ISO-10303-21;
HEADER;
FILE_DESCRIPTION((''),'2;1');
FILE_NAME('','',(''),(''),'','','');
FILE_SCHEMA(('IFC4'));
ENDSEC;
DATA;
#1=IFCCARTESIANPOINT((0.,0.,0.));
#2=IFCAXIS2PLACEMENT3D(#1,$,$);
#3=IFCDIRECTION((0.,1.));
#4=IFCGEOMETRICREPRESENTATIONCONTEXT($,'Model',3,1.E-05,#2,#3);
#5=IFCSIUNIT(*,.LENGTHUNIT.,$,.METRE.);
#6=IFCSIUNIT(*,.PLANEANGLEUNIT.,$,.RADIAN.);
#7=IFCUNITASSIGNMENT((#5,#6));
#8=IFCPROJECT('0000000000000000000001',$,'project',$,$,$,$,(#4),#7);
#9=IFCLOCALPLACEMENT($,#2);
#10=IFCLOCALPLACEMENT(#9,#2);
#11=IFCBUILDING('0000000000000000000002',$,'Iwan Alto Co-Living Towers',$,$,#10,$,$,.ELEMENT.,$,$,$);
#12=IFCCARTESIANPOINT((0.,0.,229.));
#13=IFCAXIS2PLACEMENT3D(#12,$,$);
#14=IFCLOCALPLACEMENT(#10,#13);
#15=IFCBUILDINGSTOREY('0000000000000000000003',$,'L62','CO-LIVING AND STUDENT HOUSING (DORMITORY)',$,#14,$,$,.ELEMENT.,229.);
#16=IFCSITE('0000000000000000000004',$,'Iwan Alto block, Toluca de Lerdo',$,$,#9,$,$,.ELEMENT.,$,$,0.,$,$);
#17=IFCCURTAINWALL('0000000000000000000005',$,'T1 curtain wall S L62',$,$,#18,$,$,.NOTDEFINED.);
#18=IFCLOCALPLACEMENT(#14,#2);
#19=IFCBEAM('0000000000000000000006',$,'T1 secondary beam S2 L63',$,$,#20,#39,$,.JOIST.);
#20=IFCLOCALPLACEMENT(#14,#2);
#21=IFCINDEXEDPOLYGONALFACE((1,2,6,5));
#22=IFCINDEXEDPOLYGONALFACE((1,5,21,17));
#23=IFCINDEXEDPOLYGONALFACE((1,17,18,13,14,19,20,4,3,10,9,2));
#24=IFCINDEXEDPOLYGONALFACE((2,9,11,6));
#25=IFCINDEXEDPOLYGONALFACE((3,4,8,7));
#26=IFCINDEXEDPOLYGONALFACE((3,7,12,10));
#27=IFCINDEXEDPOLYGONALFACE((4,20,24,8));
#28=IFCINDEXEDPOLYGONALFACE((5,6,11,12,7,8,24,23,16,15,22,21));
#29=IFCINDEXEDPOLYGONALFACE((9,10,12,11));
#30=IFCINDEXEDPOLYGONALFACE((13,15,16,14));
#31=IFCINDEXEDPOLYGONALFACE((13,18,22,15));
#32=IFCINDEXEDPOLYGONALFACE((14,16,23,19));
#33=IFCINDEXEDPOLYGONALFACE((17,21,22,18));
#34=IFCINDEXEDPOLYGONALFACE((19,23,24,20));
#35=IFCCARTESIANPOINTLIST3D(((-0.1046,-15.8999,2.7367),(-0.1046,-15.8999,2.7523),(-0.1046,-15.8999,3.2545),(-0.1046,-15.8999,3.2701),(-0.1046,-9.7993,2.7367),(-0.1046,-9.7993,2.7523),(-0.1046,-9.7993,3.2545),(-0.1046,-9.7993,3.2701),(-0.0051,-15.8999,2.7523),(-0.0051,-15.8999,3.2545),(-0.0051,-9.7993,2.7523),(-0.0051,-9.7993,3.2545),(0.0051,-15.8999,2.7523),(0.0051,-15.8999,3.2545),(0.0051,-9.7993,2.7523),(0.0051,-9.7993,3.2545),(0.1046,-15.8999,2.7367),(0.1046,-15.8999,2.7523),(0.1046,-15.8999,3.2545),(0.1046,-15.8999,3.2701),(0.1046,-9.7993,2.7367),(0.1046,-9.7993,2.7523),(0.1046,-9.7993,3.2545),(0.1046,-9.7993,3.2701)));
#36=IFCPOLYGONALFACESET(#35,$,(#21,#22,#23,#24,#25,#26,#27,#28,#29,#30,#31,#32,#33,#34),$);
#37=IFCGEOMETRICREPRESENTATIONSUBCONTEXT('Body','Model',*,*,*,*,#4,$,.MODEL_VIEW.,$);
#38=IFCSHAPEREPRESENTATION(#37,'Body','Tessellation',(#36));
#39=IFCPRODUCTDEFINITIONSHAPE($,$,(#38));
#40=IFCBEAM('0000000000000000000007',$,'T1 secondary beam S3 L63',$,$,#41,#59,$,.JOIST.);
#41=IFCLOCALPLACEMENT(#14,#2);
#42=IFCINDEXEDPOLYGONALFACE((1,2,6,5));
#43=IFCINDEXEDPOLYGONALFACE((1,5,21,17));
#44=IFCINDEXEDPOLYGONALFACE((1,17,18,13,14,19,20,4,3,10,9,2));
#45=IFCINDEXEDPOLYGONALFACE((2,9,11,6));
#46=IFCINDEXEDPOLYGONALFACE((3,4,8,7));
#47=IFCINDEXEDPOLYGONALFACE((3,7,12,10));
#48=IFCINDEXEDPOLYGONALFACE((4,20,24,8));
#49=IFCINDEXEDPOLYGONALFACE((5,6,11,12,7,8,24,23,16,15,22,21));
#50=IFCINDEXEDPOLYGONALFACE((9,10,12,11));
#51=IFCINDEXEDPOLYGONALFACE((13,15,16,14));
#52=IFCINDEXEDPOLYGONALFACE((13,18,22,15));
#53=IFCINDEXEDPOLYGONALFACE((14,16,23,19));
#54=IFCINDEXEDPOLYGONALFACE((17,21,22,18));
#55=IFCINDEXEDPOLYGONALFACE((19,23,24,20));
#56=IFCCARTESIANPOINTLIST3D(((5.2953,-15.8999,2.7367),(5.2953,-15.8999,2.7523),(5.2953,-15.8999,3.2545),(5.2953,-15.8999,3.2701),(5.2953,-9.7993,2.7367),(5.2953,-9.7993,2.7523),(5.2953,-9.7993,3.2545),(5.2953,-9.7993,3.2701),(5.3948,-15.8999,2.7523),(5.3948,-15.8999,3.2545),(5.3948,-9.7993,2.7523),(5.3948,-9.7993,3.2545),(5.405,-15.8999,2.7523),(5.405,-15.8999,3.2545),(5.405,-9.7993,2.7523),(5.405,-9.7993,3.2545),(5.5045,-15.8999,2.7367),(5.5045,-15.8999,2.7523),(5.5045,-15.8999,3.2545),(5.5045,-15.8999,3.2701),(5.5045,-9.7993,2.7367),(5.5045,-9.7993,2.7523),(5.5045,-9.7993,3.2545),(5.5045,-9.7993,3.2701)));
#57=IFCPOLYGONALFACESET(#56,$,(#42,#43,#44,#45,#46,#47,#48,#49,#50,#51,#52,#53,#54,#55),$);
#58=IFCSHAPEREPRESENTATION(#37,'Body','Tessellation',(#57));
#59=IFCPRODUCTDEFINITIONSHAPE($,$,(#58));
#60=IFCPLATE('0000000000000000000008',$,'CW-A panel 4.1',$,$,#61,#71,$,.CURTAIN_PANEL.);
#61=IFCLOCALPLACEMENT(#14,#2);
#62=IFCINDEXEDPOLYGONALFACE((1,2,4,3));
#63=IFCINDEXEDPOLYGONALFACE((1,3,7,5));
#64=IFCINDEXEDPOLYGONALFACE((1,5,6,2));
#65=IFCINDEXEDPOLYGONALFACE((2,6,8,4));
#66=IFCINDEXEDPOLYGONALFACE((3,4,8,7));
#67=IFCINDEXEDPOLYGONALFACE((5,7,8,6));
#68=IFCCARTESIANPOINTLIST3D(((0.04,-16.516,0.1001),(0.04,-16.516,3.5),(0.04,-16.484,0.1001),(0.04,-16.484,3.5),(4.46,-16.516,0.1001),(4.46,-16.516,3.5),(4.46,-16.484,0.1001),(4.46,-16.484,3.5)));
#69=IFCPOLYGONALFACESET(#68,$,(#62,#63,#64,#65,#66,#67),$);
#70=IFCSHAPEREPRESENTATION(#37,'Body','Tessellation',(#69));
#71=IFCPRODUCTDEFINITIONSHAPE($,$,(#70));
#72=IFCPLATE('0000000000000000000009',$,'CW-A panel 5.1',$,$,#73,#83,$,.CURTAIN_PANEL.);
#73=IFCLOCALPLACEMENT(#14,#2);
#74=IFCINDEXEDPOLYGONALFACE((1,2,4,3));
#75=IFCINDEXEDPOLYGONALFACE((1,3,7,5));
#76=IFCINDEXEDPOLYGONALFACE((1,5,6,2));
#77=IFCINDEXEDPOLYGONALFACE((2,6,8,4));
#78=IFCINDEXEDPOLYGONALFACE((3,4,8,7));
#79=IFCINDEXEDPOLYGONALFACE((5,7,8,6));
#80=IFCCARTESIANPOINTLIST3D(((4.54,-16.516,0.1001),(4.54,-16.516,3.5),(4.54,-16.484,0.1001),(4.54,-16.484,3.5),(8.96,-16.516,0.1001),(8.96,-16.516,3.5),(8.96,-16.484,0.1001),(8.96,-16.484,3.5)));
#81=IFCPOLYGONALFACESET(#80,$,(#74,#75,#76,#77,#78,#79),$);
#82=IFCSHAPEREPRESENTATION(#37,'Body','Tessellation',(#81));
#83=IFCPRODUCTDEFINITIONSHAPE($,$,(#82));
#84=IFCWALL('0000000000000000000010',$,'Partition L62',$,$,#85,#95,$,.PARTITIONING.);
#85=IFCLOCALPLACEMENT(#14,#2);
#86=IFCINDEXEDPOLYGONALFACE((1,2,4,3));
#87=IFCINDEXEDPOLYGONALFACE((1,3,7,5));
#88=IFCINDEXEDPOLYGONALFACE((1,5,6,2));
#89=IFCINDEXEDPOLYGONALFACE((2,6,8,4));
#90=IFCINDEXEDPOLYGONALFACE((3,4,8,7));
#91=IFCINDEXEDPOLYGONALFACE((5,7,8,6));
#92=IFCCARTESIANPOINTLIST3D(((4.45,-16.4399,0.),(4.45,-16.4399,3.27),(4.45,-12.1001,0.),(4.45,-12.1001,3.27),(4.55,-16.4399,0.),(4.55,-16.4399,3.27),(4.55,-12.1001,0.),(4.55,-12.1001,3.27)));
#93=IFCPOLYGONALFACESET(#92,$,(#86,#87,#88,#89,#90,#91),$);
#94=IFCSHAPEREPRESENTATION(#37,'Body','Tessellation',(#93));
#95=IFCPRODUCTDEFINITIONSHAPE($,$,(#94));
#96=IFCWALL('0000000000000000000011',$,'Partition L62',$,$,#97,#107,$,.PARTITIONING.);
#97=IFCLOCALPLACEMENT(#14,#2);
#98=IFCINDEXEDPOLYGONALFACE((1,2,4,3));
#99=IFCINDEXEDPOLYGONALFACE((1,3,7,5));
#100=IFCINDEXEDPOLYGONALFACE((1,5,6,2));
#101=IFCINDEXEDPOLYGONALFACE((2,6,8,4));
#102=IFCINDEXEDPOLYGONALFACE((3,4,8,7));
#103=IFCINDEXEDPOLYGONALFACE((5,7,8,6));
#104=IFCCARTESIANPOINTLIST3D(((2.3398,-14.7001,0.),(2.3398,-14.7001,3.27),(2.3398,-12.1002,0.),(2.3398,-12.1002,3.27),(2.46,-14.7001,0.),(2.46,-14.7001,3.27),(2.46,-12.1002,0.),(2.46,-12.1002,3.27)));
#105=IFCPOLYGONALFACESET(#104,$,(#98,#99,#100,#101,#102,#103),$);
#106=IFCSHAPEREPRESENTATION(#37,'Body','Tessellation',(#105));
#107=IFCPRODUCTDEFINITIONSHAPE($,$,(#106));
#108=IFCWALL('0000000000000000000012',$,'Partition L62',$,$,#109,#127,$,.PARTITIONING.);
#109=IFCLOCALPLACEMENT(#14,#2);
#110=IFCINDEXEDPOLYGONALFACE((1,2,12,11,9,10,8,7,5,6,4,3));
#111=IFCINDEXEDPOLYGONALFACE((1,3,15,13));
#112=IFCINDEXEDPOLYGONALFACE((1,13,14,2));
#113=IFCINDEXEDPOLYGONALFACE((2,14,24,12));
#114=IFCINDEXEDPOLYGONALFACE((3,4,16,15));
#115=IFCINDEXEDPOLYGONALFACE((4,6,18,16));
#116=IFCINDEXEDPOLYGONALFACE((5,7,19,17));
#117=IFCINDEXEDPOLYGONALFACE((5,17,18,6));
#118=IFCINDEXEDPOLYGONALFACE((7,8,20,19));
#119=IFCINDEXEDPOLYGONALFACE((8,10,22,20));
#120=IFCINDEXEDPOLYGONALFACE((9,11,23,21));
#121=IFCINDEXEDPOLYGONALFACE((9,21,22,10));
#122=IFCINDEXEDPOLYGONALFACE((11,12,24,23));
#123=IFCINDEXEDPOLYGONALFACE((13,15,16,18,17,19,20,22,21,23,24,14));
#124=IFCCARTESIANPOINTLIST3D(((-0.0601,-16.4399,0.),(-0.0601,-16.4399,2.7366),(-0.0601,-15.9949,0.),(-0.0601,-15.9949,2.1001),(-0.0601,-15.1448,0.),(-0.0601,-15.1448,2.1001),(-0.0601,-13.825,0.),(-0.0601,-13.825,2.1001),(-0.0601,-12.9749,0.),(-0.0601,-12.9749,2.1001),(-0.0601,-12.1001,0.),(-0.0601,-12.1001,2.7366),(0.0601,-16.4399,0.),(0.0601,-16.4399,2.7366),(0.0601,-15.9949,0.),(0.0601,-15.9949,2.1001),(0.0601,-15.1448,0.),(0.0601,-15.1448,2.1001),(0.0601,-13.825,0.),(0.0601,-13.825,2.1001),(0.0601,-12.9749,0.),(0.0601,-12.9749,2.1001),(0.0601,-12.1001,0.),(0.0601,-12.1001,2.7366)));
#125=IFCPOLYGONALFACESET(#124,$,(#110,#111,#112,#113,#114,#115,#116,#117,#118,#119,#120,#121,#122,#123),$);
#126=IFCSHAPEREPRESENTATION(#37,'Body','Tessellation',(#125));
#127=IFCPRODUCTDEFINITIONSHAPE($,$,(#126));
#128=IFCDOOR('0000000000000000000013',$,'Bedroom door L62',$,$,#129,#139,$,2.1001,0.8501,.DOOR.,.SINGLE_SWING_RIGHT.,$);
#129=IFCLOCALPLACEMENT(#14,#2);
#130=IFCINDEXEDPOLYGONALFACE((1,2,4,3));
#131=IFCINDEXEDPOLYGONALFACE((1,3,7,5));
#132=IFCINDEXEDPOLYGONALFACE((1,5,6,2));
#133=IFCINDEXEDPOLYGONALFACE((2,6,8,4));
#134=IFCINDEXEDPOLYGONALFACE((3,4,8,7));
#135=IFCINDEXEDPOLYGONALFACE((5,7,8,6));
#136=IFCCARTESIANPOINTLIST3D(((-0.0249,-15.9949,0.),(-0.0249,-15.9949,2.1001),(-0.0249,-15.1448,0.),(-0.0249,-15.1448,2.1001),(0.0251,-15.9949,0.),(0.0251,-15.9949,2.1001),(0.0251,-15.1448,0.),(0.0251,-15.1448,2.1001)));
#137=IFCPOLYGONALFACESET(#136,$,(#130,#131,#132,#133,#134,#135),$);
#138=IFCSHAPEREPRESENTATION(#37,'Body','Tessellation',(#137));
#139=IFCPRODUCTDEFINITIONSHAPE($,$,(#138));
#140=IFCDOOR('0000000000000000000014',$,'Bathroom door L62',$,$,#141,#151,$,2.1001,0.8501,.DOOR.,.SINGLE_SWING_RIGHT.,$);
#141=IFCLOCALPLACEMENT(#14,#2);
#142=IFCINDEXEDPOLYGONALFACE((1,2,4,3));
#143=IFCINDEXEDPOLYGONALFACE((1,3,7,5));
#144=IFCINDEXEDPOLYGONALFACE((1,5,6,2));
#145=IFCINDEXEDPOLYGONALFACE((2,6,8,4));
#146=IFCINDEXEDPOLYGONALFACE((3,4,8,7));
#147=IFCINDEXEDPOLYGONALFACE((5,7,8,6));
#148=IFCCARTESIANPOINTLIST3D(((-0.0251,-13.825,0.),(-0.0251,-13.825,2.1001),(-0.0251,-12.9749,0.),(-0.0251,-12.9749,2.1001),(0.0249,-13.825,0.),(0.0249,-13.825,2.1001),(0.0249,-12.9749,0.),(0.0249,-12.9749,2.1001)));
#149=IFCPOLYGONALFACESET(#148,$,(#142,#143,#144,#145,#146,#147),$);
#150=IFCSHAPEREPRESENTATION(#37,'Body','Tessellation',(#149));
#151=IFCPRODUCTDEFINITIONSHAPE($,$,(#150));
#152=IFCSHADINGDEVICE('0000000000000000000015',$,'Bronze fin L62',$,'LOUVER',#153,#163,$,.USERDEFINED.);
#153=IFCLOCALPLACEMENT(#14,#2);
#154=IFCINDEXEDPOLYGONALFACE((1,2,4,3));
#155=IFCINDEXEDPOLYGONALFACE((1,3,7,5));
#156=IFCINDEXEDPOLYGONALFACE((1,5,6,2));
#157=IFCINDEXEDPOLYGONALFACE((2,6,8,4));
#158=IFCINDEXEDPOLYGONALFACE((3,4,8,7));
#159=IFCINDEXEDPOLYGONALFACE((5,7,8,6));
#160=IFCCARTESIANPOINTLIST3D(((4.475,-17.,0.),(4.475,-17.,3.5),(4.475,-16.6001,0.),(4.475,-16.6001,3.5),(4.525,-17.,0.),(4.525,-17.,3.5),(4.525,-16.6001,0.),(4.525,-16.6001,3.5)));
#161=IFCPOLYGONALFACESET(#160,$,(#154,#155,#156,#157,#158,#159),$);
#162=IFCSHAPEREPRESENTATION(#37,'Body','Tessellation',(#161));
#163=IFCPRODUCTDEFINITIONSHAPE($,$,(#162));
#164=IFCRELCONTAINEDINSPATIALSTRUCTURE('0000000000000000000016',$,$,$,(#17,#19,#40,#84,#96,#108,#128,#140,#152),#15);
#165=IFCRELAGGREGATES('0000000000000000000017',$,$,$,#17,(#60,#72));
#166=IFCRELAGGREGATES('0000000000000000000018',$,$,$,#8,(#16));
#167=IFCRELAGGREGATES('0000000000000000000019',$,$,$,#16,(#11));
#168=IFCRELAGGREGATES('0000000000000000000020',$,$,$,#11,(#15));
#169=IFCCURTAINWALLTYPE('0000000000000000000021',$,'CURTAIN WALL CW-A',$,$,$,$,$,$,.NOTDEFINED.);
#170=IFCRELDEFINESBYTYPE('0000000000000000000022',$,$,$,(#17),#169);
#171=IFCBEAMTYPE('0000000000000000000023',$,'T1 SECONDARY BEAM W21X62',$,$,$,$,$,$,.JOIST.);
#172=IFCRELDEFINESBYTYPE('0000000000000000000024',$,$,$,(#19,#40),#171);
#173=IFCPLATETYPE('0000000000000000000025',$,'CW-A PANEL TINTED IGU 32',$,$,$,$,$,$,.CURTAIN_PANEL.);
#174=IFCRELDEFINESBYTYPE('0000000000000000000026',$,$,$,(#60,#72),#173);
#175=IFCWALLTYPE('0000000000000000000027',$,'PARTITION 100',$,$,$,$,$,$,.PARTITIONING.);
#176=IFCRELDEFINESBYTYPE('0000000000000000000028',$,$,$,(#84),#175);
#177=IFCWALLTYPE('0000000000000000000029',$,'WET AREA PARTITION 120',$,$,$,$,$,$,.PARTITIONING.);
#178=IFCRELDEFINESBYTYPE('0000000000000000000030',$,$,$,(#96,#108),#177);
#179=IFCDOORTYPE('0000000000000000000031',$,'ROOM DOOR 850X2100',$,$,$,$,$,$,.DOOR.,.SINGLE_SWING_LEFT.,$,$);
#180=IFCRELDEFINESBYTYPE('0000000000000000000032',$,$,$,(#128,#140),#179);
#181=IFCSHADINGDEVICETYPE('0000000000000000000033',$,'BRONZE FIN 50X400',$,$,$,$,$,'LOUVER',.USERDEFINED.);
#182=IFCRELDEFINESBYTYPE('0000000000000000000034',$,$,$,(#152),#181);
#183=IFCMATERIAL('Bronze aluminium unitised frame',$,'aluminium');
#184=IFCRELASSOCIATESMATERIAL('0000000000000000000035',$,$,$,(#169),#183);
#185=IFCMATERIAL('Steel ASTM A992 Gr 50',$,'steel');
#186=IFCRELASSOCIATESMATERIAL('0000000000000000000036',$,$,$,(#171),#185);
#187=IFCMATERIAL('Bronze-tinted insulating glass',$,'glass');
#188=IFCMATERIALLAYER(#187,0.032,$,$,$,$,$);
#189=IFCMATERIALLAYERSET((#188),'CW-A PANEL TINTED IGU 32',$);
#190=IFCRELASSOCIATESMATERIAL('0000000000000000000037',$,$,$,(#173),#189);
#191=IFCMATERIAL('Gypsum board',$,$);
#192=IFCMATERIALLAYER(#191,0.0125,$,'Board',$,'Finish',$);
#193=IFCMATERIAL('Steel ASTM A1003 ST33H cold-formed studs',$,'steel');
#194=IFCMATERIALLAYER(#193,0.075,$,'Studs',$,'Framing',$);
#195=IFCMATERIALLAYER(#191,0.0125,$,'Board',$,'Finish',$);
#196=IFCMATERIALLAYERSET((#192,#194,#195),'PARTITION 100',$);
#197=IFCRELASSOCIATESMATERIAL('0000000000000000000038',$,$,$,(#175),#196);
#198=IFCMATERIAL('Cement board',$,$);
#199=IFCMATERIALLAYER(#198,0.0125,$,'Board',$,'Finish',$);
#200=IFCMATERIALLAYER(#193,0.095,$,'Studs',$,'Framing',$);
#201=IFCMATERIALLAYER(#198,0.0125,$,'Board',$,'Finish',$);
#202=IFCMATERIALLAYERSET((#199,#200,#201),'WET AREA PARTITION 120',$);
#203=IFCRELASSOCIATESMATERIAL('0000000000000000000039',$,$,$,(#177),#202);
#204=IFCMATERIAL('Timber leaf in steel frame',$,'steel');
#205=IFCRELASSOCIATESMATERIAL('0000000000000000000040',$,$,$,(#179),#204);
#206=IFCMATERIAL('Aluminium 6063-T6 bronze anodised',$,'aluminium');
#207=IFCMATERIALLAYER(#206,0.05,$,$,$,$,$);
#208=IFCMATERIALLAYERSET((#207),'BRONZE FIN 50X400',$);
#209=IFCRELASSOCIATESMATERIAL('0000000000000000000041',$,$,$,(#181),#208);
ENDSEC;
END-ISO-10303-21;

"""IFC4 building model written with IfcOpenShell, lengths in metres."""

from ifc_helpers import new_model, si_unit, direction, frame, frame_2d, origin, origin_2d, place, context, subcontext, project, spatial, rectangle, i_section, extrude, material, layer, layer_set, material_profile, profile_set, type_object, element, fill, aggregate, save


model = new_model("IFC4")

# Units and contexts
model_context = context("Model", 3, precision=1e-05, world=origin(), true_north=direction((0.0, 1.0)))
body_context = subcontext(model_context, "Body", "Model", "MODEL_VIEW")
ifc_project = project(units=[si_unit("LENGTHUNIT", "METRE"), si_unit("PLANEANGLEUNIT", "RADIAN")], contexts=[model_context])

# Site, building, storey
site_placement = place(None, origin())
site = spatial("IfcSite", under=ifc_project, at=site_placement, Name="Iwan Alto block, Toluca de Lerdo", CompositionType="ELEMENT", RefElevation=0.0)
building_placement = place(site_placement, origin())
building = spatial("IfcBuilding", under=site, at=building_placement, Name="Iwan Alto Co-Living Towers", CompositionType="ELEMENT")
storey_placement = place(building_placement, frame((0.0, 0.0, 229.0)))
storey = spatial("IfcBuildingStorey", under=building, at=storey_placement, Name="L62", Description="CO-LIVING AND STUDENT HOUSING (DORMITORY)", CompositionType="ELEMENT", Elevation=229.0)

# Curtain wall
ifc_material_1 = material(Name="Bronze aluminium unitised frame", Category="aluminium")
curtain_wall_type = type_object("IfcCurtainWallType", Name="CURTAIN WALL CW-A", PredefinedType="NOTDEFINED", material=ifc_material_1)
curtain_wall_placement = place(storey_placement, origin())
curtain_wall = element("IfcCurtainWall", 1, at=curtain_wall_placement, inside=storey, type_object=curtain_wall_type, Name="T1 curtain wall S L62", PredefinedType="NOTDEFINED")

# Beams
ifc_material_2 = material(Name="Steel ASTM A992 Gr 50", Category="steel")
ifc_material_profile_1 = material_profile(ifc_material_2, i_section(OverallWidth=0.2092, OverallDepth=0.5334, WebThickness=0.0103, FlangeThickness=0.0156, at=origin_2d()), Name="W21X62")
ifc_profile_set_1 = profile_set([ifc_material_profile_1], Name="Steel ASTM A992 Gr 50")
beam_type_1 = type_object("IfcBeamType", Name="T1 SECONDARY BEAM W21X62", PredefinedType="JOIST", material=ifc_profile_set_1)
for number, where, z_axis, x_axis, name in (
    (2, (0.0, -15.8999, 3.0034), (0.0, 1.0, 0.0), (-1.0, 0.0, 0.0), "T1 secondary beam S2 L63"),
    (3, (5.3999, -15.8999, 3.0034), (0.0, 1.0, 0.0), (-1.0, 0.0, 0.0), "T1 secondary beam S3 L63"),
):
    element("IfcBeam", number, at=place(storey_placement, frame(where, z_axis=z_axis, x_axis=x_axis)), inside=storey, type_object=beam_type_1, Name=name, PredefinedType="JOIST", context=body_context, shape_type="SweptSolid", body=[
        extrude(i_section(OverallWidth=0.2092, OverallDepth=0.5334, WebThickness=0.0103, FlangeThickness=0.0156, at=origin_2d()), origin(), (0.0, 0.0, 1.0), 6.1006),
    ])

# Plates
ifc_material_3 = material(Name="Bronze-tinted insulating glass", Category="glass")
ifc_layer_1 = layer(ifc_material_3, 0.032)
ifc_layer_set_1 = layer_set([ifc_layer_1], Name="CW-A PANEL TINTED IGU 32")
plate_type = type_object("IfcPlateType", Name="CW-A PANEL TINTED IGU 32", PredefinedType="CURTAIN_PANEL", material=ifc_layer_set_1)
plate_1_placement = place(storey_placement, frame((2.25, -16.5, 0.1001), z_axis=(0.0, 0.0, 1.0), x_axis=(1.0, 0.0, 0.0)))
plate_1 = element("IfcPlate", 4, at=plate_1_placement, type_object=plate_type, Name="CW-A panel 4.1", PredefinedType="CURTAIN_PANEL", context=body_context, shape_type="SweptSolid", body=[
    extrude(rectangle(XDim=4.4199, YDim=0.032, at=origin_2d()), origin(), (0.0, 0.0, 1.0), 3.3999),
])
plate_2_placement = place(storey_placement, frame((6.75, -16.5, 0.1001), z_axis=(0.0, 0.0, 1.0), x_axis=(1.0, 0.0, 0.0)))
plate_2 = element("IfcPlate", 5, at=plate_2_placement, type_object=plate_type, Name="CW-A panel 5.1", PredefinedType="CURTAIN_PANEL", context=body_context, shape_type="SweptSolid", body=[
    extrude(rectangle(XDim=4.4199, YDim=0.032, at=origin_2d()), origin(), (0.0, 0.0, 1.0), 3.3999),
])
aggregate(curtain_wall, [plate_1, plate_2])

# Walls
ifc_material_4 = material(Name="Gypsum board")
ifc_layer_2 = layer(ifc_material_4, 0.0125, Name="Board", Category="Finish")
ifc_material_5 = material(Name="Steel ASTM A1003 ST33H cold-formed studs", Category="steel")
ifc_layer_3 = layer(ifc_material_5, 0.075, Name="Studs", Category="Framing")
ifc_layer_4 = layer(ifc_material_4, 0.0125, Name="Board", Category="Finish")
ifc_layer_set_2 = layer_set([ifc_layer_2, ifc_layer_3, ifc_layer_4], Name="PARTITION 100")
wall_type_1 = type_object("IfcWallType", Name="PARTITION 100", PredefinedType="PARTITIONING", material=ifc_layer_set_2)
wall_1_placement = place(storey_placement, frame((4.5, -16.4399, 0.0), z_axis=(0.0, 0.0, 1.0), x_axis=(0.0, 1.0, 0.0)))
element("IfcWall", 6, at=wall_1_placement, inside=storey, type_object=wall_type_1, Name="Partition L62", PredefinedType="PARTITIONING", context=body_context, shape_type="SweptSolid", body=[
    extrude(rectangle(XDim=4.3398, YDim=0.1001, at=frame_2d((2.1699, 0.0))), origin(), (0.0, 0.0, 1.0), 3.27),
])
ifc_material_6 = material(Name="Cement board")
ifc_layer_5 = layer(ifc_material_6, 0.0125, Name="Board", Category="Finish")
ifc_layer_6 = layer(ifc_material_5, 0.095, Name="Studs", Category="Framing")
ifc_layer_7 = layer(ifc_material_6, 0.0125, Name="Board", Category="Finish")
ifc_layer_set_3 = layer_set([ifc_layer_5, ifc_layer_6, ifc_layer_7], Name="WET AREA PARTITION 120")
wall_type_2 = type_object("IfcWallType", Name="WET AREA PARTITION 120", PredefinedType="PARTITIONING", material=ifc_layer_set_3)
wall_2_placement = place(storey_placement, frame((2.3999, -14.7, 0.0), z_axis=(0.0, 0.0, 1.0), x_axis=(0.0, 1.0, 0.0)))
element("IfcWall", 7, at=wall_2_placement, inside=storey, type_object=wall_type_2, Name="Partition L62", PredefinedType="PARTITIONING", context=body_context, shape_type="SweptSolid", body=[
    extrude(rectangle(XDim=2.5999, YDim=0.1201, at=frame_2d((1.2998, 0.0))), origin(), (0.0, 0.0, 1.0), 3.27),
])

# Wall, openings, doors
wall_3_placement = place(storey_placement, frame((0.0, -16.4399, 0.0), z_axis=(0.0, 0.0, 1.0), x_axis=(0.0, 1.0, 0.0)))
wall_3 = element("IfcWall", 8, at=wall_3_placement, inside=storey, type_object=wall_type_2, Name="Partition L62", PredefinedType="PARTITIONING", context=body_context, shape_type="SweptSolid", body=[
    extrude(rectangle(XDim=4.3398, YDim=0.1201, at=frame_2d((2.1699, 0.0))), origin(), (0.0, 0.0, 1.0), 2.7366),
])
opening_1_placement = place(wall_3_placement, frame((0.4451, 0.0, 0.0)))
opening_1 = element("IfcOpeningElement", 9, at=opening_1_placement, cuts=wall_3, PredefinedType="OPENING", context=body_context, shape_type="SweptSolid", body=[
    extrude(rectangle(XDim=0.8501, YDim=2.1001, at=frame_2d((0.425, 1.05))), frame((0.0, 0.0701, 0.0), z_axis=(0.0, -1.0, 0.0), x_axis=(1.0, 0.0, 0.0)), (0.0, 0.0, 1.0), 0.1401),
])
opening_2_placement = place(wall_3_placement, frame((2.615, 0.0, 0.0)))
opening_2 = element("IfcOpeningElement", 10, at=opening_2_placement, cuts=wall_3, PredefinedType="OPENING", context=body_context, shape_type="SweptSolid", body=[
    extrude(rectangle(XDim=0.8501, YDim=2.1001, at=frame_2d((0.425, 1.05))), frame((0.0, 0.0701, 0.0), z_axis=(0.0, -1.0, 0.0), x_axis=(1.0, 0.0, 0.0)), (0.0, 0.0, 1.0), 0.1401),
])
ifc_material_7 = material(Name="Timber leaf in steel frame", Category="steel")
door_type = type_object("IfcDoorType", Name="ROOM DOOR 850X2100", OperationType="SINGLE_SWING_LEFT", PredefinedType="DOOR", material=ifc_material_7)
door_1_placement = place(opening_1_placement, origin())
door_1 = element("IfcDoor", 11, at=door_1_placement, inside=storey, type_object=door_type, Name="Bedroom door L62", OperationType="SINGLE_SWING_RIGHT", OverallHeight=2.1001, OverallWidth=0.8501, PredefinedType="DOOR", context=body_context, shape_type="SweptSolid", body=[
    extrude(rectangle(XDim=0.8501, YDim=2.1001, at=frame_2d((0.425, 1.05))), frame((0.0, 0.0249, 0.0), z_axis=(0.0, -1.0, 0.0), x_axis=(1.0, 0.0, 0.0)), (0.0, 0.0, 1.0), 0.05),
])
fill(opening_1, door_1)
door_2_placement = place(opening_2_placement, frame((0.8501, 0.0, 0.0), z_axis=(0.0, 0.0, 1.0), x_axis=(-1.0, 0.0, 0.0)))
door_2 = element("IfcDoor", 12, at=door_2_placement, inside=storey, type_object=door_type, Name="Bathroom door L62", OperationType="SINGLE_SWING_RIGHT", OverallHeight=2.1001, OverallWidth=0.8501, PredefinedType="DOOR", context=body_context, shape_type="SweptSolid", body=[
    extrude(rectangle(XDim=0.8501, YDim=2.1001, at=frame_2d((0.425, 1.05))), frame((0.0, 0.0249, 0.0), z_axis=(0.0, -1.0, 0.0), x_axis=(1.0, 0.0, 0.0)), (0.0, 0.0, 1.0), 0.05),
])
fill(opening_2, door_2)

# Shading device
ifc_material_8 = material(Name="Aluminium 6063-T6 bronze anodised", Category="aluminium")
ifc_layer_8 = layer(ifc_material_8, 0.05)
ifc_layer_set_4 = layer_set([ifc_layer_8], Name="BRONZE FIN 50X400")
shading_device_type = type_object("IfcShadingDeviceType", Name="BRONZE FIN 50X400", ElementType="LOUVER", PredefinedType="USERDEFINED", material=ifc_layer_set_4)
shading_device_placement = place(storey_placement, frame((4.5, -16.8, 0.0), z_axis=(0.0, 0.0, 1.0), x_axis=(1.0, 0.0, 0.0)))
element("IfcShadingDevice", 13, at=shading_device_placement, inside=storey, type_object=shading_device_type, Name="Bronze fin L62", ObjectType="LOUVER", PredefinedType="USERDEFINED", context=body_context, shape_type="SweptSolid", body=[
    extrude(rectangle(XDim=0.05, YDim=0.3999, at=origin_2d()), origin(), (0.0, 0.0, 1.0), 3.5),
])

save(model, "model.ifc")
